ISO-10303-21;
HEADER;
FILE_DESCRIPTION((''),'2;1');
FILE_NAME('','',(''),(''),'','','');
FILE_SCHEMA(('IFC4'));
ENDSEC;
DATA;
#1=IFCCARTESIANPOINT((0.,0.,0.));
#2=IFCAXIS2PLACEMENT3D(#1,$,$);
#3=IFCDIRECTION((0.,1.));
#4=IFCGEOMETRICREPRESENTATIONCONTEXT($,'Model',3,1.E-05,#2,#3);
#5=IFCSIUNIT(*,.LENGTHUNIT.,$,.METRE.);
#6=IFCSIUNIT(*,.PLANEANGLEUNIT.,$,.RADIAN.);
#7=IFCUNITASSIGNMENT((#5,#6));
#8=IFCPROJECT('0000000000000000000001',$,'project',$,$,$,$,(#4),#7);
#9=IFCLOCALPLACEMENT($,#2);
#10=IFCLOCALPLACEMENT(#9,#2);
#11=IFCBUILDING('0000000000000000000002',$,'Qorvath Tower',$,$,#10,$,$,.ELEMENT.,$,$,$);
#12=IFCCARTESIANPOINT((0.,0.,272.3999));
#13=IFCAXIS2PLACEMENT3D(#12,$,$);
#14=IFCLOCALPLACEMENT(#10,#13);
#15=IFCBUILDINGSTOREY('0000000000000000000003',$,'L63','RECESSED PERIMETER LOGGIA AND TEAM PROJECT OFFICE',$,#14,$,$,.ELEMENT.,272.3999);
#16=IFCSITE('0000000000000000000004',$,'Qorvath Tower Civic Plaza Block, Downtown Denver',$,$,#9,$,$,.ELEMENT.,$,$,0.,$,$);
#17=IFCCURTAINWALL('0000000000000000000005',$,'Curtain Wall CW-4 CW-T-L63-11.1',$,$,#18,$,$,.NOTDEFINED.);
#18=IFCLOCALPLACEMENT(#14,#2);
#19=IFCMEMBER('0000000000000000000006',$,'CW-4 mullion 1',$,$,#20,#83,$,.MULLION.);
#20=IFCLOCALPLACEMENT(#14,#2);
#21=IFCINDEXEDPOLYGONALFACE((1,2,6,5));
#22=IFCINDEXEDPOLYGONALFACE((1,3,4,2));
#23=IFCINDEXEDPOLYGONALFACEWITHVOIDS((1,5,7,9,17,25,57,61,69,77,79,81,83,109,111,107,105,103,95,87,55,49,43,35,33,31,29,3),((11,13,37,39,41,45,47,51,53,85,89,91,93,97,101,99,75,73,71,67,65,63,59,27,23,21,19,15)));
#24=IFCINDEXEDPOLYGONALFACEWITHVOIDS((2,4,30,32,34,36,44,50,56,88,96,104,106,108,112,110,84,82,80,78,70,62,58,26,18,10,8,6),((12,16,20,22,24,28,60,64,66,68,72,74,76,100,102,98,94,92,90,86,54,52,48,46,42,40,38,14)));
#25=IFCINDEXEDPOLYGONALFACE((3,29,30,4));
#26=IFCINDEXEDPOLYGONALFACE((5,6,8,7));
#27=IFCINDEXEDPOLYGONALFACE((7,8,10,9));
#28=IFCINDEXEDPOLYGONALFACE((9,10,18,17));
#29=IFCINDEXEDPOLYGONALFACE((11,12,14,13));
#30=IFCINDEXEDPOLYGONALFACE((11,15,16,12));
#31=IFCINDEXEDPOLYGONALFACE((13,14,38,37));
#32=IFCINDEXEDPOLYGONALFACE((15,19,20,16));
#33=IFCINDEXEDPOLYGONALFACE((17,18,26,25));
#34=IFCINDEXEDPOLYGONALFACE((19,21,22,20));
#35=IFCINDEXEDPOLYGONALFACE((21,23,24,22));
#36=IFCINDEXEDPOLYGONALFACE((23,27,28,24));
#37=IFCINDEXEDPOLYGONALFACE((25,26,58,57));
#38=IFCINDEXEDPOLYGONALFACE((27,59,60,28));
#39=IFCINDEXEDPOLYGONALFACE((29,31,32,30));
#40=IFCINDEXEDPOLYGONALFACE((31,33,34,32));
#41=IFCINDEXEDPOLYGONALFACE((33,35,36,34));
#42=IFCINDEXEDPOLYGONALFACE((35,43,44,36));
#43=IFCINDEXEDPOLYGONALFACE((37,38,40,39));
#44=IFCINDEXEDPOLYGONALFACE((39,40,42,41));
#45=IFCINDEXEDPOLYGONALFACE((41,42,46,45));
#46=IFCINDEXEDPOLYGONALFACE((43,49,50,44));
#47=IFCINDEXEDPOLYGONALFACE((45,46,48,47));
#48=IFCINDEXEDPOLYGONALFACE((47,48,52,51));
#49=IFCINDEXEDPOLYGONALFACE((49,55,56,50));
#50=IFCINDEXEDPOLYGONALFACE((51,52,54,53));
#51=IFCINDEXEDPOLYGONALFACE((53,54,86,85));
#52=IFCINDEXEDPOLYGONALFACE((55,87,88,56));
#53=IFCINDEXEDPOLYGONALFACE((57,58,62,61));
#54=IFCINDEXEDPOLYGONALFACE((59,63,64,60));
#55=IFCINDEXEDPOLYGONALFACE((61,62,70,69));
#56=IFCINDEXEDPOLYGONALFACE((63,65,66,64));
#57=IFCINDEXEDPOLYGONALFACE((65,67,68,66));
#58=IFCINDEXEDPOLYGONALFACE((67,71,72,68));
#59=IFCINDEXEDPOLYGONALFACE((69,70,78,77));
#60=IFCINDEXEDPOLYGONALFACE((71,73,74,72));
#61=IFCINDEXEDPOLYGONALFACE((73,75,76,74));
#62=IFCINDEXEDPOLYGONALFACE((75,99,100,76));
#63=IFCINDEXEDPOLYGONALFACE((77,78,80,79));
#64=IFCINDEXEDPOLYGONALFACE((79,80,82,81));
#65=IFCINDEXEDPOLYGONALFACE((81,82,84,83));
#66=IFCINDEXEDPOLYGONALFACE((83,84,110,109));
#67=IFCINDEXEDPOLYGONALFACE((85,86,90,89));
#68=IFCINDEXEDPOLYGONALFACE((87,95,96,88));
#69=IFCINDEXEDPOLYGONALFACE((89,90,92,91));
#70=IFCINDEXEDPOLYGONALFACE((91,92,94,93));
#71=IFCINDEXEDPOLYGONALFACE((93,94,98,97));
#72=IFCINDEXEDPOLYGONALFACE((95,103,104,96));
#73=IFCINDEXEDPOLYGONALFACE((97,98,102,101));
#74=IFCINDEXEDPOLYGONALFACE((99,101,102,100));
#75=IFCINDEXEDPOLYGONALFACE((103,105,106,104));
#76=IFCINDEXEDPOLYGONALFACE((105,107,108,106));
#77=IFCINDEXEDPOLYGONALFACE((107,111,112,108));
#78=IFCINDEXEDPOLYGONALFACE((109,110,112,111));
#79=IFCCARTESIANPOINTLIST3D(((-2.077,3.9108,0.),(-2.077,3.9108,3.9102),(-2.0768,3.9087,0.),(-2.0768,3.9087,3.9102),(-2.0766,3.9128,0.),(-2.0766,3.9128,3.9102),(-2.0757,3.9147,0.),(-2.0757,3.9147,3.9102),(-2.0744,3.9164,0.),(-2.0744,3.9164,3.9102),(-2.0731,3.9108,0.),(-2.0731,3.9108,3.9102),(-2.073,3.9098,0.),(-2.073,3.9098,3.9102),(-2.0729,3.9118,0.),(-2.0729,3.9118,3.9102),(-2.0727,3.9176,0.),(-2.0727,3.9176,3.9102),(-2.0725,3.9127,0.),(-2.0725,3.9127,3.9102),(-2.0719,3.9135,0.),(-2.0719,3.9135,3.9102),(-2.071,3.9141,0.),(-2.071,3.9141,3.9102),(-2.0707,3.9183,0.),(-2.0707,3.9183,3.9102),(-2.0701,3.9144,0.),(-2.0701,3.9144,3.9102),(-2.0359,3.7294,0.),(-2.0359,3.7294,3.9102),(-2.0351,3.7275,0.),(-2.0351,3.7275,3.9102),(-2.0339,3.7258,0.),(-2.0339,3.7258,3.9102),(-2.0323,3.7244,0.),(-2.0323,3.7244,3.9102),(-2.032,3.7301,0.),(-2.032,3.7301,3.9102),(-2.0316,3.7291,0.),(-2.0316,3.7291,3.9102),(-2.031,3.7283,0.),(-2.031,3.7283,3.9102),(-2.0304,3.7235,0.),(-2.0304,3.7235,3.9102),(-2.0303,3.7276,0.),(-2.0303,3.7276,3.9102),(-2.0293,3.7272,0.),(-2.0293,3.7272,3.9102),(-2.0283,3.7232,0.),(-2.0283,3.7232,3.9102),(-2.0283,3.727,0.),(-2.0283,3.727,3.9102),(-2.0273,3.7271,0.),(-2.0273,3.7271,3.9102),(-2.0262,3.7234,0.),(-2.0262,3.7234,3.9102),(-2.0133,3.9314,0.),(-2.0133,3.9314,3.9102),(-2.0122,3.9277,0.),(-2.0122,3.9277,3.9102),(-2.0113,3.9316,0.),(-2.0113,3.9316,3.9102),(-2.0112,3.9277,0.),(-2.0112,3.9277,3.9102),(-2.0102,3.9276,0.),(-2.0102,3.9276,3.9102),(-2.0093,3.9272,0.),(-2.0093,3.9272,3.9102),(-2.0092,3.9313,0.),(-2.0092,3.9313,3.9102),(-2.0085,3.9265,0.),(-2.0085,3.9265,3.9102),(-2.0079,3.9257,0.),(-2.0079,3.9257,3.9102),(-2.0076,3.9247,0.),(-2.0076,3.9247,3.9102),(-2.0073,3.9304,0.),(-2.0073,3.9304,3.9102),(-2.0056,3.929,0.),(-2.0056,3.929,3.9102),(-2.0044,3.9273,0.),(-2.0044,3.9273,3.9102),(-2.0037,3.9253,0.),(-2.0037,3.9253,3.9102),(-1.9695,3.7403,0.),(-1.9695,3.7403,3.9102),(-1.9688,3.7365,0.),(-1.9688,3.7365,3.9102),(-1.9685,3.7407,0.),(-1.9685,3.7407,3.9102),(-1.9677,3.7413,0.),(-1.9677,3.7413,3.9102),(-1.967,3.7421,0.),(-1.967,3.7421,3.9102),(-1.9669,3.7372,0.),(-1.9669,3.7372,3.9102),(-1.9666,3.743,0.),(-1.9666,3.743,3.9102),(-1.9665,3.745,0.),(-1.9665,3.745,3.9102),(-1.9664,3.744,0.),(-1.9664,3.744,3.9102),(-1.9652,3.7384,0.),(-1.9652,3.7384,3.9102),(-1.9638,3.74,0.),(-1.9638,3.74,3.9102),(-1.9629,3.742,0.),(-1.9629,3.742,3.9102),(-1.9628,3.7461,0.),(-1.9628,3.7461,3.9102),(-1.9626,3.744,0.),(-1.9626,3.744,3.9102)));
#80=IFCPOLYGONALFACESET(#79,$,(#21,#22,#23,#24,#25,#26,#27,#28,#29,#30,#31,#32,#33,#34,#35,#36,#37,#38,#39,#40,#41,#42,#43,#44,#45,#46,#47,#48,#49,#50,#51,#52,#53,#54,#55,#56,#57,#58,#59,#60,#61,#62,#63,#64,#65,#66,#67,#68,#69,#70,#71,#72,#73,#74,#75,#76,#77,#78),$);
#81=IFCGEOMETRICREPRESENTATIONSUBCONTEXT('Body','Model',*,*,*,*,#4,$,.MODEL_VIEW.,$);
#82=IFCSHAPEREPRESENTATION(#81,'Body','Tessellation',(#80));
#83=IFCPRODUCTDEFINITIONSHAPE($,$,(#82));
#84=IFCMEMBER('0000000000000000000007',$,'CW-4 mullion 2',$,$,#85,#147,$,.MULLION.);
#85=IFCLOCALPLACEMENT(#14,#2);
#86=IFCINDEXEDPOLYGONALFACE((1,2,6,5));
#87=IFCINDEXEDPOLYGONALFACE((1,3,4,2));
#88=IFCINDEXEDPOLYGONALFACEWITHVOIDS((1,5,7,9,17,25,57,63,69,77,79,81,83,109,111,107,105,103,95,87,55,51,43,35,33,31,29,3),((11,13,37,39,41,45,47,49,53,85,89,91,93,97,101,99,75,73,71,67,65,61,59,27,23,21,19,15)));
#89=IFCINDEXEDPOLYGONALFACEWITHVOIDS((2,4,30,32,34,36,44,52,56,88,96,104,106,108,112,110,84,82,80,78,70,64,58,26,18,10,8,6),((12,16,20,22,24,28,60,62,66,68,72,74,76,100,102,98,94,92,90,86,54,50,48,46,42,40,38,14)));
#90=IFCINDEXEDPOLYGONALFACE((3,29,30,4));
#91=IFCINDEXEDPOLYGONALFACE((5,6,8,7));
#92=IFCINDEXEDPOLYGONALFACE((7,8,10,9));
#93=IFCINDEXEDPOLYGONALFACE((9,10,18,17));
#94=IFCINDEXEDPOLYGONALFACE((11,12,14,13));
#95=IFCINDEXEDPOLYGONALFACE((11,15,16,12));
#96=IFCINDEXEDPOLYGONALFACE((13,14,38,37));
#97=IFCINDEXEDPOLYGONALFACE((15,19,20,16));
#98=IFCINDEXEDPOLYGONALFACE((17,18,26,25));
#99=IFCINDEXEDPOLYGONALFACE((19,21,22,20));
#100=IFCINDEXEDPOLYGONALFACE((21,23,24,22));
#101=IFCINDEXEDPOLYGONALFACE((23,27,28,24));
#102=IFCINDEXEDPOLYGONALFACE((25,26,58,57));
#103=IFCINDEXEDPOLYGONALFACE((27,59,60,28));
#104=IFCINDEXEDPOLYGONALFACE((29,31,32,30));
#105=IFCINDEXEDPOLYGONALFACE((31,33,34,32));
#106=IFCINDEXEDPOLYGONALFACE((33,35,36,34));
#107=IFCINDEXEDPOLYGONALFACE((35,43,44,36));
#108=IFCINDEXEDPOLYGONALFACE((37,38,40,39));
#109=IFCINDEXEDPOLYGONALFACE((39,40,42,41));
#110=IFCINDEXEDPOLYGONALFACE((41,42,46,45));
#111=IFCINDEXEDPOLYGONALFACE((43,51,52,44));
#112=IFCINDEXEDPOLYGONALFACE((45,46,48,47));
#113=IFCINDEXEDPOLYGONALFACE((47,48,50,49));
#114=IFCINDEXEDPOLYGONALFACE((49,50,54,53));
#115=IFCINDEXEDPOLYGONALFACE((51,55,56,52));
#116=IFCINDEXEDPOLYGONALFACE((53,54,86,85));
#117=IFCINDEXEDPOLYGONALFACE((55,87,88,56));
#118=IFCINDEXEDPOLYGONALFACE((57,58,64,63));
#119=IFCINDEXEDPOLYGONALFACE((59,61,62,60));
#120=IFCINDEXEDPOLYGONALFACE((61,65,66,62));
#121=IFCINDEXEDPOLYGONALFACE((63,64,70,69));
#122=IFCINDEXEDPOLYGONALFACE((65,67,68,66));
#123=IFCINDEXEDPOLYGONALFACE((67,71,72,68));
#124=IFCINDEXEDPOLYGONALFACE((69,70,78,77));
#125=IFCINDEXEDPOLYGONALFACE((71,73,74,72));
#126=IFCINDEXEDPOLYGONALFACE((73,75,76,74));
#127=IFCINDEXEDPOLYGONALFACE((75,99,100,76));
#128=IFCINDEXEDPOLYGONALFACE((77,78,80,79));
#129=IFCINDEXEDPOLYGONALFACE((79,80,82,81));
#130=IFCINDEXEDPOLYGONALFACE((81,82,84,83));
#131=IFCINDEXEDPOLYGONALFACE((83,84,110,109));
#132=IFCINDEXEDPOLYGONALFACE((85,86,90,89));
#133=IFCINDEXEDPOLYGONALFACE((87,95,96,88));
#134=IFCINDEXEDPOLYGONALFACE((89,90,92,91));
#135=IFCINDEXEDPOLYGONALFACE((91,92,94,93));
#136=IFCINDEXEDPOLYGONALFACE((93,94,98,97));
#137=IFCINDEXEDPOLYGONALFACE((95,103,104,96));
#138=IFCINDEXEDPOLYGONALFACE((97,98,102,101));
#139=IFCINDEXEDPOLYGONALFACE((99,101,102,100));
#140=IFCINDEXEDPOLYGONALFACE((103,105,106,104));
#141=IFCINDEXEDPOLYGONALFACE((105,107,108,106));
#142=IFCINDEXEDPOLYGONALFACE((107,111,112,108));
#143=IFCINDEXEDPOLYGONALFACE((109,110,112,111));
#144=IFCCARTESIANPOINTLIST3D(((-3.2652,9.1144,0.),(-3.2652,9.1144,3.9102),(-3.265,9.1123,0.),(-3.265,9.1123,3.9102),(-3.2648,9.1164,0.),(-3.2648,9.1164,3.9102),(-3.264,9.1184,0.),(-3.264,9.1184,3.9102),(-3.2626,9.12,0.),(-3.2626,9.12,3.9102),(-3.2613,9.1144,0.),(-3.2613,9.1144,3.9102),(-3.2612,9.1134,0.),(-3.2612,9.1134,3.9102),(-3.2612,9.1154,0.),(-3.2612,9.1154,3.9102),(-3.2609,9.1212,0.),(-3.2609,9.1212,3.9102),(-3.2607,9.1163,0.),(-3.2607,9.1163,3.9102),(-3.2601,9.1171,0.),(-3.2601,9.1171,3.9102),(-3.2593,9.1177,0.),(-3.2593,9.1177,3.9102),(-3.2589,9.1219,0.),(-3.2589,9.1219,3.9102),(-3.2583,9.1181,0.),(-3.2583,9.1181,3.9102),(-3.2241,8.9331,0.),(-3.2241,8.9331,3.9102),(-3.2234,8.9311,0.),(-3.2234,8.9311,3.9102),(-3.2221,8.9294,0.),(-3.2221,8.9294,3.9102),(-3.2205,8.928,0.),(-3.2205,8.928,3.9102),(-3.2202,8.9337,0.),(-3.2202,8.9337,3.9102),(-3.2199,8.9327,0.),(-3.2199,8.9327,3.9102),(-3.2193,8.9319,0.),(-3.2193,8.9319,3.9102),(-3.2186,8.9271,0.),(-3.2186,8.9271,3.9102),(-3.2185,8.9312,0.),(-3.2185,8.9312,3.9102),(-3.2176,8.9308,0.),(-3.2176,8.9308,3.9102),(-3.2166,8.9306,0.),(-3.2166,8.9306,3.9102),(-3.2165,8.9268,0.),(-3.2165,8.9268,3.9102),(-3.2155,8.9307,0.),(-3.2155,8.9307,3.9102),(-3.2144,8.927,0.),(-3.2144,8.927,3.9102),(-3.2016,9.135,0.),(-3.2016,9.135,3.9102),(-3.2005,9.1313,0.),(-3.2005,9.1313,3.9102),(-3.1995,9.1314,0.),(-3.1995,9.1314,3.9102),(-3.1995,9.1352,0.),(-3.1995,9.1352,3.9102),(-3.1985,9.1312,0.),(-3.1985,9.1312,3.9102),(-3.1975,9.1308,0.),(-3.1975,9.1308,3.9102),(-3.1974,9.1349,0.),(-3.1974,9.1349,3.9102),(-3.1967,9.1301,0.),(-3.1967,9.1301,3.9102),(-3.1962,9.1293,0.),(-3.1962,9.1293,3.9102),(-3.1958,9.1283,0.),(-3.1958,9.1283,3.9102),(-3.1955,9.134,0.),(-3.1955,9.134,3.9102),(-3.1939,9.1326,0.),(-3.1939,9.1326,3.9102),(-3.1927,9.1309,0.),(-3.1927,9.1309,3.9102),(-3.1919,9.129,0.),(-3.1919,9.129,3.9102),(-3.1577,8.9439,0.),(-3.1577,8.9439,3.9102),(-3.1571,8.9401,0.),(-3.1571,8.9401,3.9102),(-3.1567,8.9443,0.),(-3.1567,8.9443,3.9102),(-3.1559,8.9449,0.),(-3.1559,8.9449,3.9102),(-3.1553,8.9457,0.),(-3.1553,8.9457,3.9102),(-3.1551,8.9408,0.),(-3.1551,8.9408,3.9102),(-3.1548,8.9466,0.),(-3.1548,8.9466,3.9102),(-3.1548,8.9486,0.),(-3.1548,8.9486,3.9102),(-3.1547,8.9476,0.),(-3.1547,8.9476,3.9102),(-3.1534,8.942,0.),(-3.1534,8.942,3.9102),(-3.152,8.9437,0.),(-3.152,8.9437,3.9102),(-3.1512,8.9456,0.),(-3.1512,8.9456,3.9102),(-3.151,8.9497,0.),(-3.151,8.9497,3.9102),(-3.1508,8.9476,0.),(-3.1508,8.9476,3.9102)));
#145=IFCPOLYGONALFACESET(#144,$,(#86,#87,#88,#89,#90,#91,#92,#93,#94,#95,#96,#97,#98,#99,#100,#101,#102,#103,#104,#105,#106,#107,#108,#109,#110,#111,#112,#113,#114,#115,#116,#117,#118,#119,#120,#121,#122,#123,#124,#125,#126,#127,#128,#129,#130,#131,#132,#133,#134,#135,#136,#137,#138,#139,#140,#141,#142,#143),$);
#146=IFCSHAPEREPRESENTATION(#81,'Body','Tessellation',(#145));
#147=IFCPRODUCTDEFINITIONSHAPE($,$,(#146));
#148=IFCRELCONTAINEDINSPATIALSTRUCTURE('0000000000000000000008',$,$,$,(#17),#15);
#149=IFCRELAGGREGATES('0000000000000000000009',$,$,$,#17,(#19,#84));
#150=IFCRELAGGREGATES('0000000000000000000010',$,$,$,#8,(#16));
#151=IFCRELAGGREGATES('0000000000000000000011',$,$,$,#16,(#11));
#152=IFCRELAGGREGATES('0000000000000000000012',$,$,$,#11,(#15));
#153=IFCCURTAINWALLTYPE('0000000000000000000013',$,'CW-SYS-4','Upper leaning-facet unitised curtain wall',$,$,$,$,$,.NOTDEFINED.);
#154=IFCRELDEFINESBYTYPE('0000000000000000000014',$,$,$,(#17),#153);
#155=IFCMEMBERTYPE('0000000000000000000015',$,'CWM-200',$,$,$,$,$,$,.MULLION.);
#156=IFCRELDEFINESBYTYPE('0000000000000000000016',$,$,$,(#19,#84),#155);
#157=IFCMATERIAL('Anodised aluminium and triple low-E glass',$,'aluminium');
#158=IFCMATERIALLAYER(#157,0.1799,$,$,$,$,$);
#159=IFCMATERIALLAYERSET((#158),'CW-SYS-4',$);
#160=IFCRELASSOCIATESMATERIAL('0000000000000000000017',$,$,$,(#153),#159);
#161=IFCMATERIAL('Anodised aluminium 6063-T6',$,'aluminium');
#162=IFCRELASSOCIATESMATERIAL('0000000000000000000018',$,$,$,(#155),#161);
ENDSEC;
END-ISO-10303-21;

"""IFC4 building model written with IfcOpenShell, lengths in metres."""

from ifc_helpers import new_model, si_unit, direction, frame, origin, origin_2d, place, context, subcontext, project, spatial, hollow_rectangle, extrude, material, layer, layer_set, material_profile, profile_set, type_object, element, aggregate, save


model = new_model("IFC4")

# Units and contexts
model_context = context("Model", 3, precision=1e-05, world=origin(), true_north=direction((0.0, 1.0)))
body_context = subcontext(model_context, "Body", "Model", "MODEL_VIEW")
ifc_project = project(units=[si_unit("LENGTHUNIT", "METRE"), si_unit("PLANEANGLEUNIT", "RADIAN")], contexts=[model_context])

# Site, building, storey
site_placement = place(None, origin())
site = spatial("IfcSite", under=ifc_project, at=site_placement, Name="Qorvath Tower Civic Plaza Block, Downtown Denver", CompositionType="ELEMENT", RefElevation=0.0)
building_placement = place(site_placement, origin())
building = spatial("IfcBuilding", under=site, at=building_placement, Name="Qorvath Tower", CompositionType="ELEMENT")
storey_placement = place(building_placement, frame((0.0, 0.0, 272.3999)))
storey = spatial("IfcBuildingStorey", under=building, at=storey_placement, Name="L63", Description="RECESSED PERIMETER LOGGIA AND TEAM PROJECT OFFICE", CompositionType="ELEMENT", Elevation=272.3999)

# Shared definitions
ifc_material_1 = material(Name="Anodised aluminium and triple low-E glass", Category="aluminium")
ifc_layer_1 = layer(ifc_material_1, 0.1799)
ifc_layer_set_1 = layer_set([ifc_layer_1], Name="CW-SYS-4")
curtain_wall_type = type_object("IfcCurtainWallType", Name="CW-SYS-4", Description="Upper leaning-facet unitised curtain wall", PredefinedType="NOTDEFINED", material=ifc_layer_set_1)
ifc_material_2 = material(Name="Anodised aluminium 6063-T6", Category="aluminium")
ifc_material_profile_1 = material_profile(ifc_material_2, hollow_rectangle(XDim=0.075, YDim=0.2, WallThickness=0.0039, InnerFilletRadius=0.0039, OuterFilletRadius=0.0081, at=origin_2d()), Name="CWM 200x75")
ifc_profile_set_1 = profile_set([ifc_material_profile_1], Name="Anodised aluminium 6063-T6")
member_type_1 = type_object("IfcMemberType", Name="CWM-200", PredefinedType="MULLION", material=ifc_profile_set_1)

# Curtain wall, members
curtain_wall_1_placement = place(storey_placement, origin())
curtain_wall_1 = element("IfcCurtainWall", 1, at=curtain_wall_1_placement, inside=storey, type_object=curtain_wall_type, Name="Curtain Wall CW-4 CW-T-L63-11.1", PredefinedType="NOTDEFINED")
member_1_placement = place(storey_placement, frame((-2.0198, 3.8274, 0.0), z_axis=(0.0, 0.0, 1.0), x_axis=(-0.974912, -0.222592, 0.0)))
member_1 = element("IfcMember", 2, at=member_1_placement, type_object=member_type_1, Name="CW-4 mullion 1", PredefinedType="MULLION", context=body_context, shape_type="SweptSolid", body=[
    extrude(hollow_rectangle(XDim=0.075, YDim=0.2, WallThickness=0.0039, InnerFilletRadius=0.0039, OuterFilletRadius=0.0081, at=origin_2d()), origin(), (0.0, 0.0, 1.0), 3.9102),
])
member_2_placement = place(storey_placement, frame((-3.208, 9.031, 0.0), z_axis=(0.0, 0.0, 1.0), x_axis=(-0.974912, -0.222592, 0.0)))
member_2 = element("IfcMember", 3, at=member_2_placement, type_object=member_type_1, Name="CW-4 mullion 2", PredefinedType="MULLION", context=body_context, shape_type="SweptSolid", body=[
    extrude(hollow_rectangle(XDim=0.075, YDim=0.2, WallThickness=0.0039, InnerFilletRadius=0.0039, OuterFilletRadius=0.0081, at=origin_2d()), origin(), (0.0, 0.0, 1.0), 3.9102),
])

aggregate(curtain_wall_1, [member_1, member_2])

save(model, "model.ifc")
